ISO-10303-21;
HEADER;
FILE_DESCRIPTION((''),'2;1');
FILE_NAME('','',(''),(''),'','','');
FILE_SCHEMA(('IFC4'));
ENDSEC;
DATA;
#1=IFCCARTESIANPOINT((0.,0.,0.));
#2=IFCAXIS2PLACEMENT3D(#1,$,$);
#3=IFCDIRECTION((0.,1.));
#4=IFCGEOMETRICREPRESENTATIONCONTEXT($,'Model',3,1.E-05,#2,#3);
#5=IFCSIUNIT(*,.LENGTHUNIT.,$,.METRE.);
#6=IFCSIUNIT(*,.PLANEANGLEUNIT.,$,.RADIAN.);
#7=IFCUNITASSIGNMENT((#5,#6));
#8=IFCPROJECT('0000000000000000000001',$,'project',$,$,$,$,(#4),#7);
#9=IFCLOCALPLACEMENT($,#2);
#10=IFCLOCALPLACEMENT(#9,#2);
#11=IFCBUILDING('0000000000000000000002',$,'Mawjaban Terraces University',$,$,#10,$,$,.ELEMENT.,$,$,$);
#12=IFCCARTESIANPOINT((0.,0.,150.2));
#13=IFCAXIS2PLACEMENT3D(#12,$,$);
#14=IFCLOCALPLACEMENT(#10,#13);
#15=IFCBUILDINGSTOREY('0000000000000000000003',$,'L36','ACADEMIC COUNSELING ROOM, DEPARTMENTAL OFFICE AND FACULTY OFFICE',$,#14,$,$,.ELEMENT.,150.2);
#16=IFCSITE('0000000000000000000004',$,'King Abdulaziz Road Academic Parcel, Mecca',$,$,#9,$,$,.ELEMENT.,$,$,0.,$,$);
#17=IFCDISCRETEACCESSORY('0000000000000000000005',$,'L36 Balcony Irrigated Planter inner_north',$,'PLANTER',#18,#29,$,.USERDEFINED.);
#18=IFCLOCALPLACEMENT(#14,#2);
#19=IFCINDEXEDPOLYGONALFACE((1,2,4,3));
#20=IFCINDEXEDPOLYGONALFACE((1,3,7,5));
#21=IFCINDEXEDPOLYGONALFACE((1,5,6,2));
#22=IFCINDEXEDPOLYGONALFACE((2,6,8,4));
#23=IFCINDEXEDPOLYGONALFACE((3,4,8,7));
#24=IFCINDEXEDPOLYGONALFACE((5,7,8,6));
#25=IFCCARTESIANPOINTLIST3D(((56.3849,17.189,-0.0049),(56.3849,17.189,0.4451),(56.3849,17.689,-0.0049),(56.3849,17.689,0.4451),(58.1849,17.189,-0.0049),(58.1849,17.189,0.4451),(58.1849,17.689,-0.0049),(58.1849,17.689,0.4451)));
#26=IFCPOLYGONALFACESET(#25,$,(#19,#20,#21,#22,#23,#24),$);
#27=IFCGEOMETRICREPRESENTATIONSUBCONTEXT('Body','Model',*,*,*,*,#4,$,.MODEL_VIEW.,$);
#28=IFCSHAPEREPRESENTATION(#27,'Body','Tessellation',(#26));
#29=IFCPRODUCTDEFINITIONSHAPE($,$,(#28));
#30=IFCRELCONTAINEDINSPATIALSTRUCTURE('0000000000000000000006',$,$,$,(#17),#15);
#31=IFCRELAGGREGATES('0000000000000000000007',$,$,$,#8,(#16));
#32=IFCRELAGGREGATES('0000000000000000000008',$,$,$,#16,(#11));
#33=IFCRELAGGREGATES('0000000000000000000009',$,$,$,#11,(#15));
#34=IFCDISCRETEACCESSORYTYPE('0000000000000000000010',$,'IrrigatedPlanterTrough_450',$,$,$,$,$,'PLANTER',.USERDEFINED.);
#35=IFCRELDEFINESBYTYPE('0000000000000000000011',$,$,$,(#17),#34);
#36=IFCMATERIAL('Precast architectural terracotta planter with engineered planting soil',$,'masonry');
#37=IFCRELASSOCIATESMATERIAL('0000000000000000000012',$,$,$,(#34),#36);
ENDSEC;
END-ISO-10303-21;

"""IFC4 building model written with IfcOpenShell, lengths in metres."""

from ifc_helpers import new_model, si_unit, direction, frame, origin, origin_2d, place, context, subcontext, project, spatial, rectangle, extrude, material, type_object, element, save


model = new_model("IFC4")

# Units and contexts
model_context = context("Model", 3, precision=1e-05, world=origin(), true_north=direction((0.0, 1.0)))
body_context = subcontext(model_context, "Body", "Model", "MODEL_VIEW")
ifc_project = project(units=[si_unit("LENGTHUNIT", "METRE"), si_unit("PLANEANGLEUNIT", "RADIAN")], contexts=[model_context])

# Site, building, storey
site_placement = place(None, origin())
site = spatial("IfcSite", under=ifc_project, at=site_placement, Name="King Abdulaziz Road Academic Parcel, Mecca", CompositionType="ELEMENT", RefElevation=0.0)
building_placement = place(site_placement, origin())
building = spatial("IfcBuilding", under=site, at=building_placement, Name="Mawjaban Terraces University", CompositionType="ELEMENT")
storey_placement = place(building_placement, frame((0.0, 0.0, 150.2)))
storey = spatial("IfcBuildingStorey", under=building, at=storey_placement, Name="L36", Description="ACADEMIC COUNSELING ROOM, DEPARTMENTAL OFFICE AND FACULTY OFFICE", CompositionType="ELEMENT", Elevation=150.2)

# Discrete accessory
ifc_material_1 = material(Name="Precast architectural terracotta planter with engineered planting soil", Category="masonry")
discrete_accessory_type_1 = type_object("IfcDiscreteAccessoryType", Name="IrrigatedPlanterTrough_450", ElementType="PLANTER", PredefinedType="USERDEFINED", material=ifc_material_1)
discrete_accessory_1_placement = place(storey_placement, frame((57.2849, 17.439, -0.0049), z_axis=(0.0, 0.0, 1.0), x_axis=(1.0, 0.0, 0.0)))
element("IfcDiscreteAccessory", 1, at=discrete_accessory_1_placement, inside=storey, type_object=discrete_accessory_type_1, Name="L36 Balcony Irrigated Planter inner_north", ObjectType="PLANTER", PredefinedType="USERDEFINED", context=body_context, shape_type="SweptSolid", body=[
    extrude(rectangle(XDim=1.8, YDim=0.5, at=origin_2d()), origin(), (0.0, 0.0, 1.0), 0.45),
])

save(model, "model.ifc")
